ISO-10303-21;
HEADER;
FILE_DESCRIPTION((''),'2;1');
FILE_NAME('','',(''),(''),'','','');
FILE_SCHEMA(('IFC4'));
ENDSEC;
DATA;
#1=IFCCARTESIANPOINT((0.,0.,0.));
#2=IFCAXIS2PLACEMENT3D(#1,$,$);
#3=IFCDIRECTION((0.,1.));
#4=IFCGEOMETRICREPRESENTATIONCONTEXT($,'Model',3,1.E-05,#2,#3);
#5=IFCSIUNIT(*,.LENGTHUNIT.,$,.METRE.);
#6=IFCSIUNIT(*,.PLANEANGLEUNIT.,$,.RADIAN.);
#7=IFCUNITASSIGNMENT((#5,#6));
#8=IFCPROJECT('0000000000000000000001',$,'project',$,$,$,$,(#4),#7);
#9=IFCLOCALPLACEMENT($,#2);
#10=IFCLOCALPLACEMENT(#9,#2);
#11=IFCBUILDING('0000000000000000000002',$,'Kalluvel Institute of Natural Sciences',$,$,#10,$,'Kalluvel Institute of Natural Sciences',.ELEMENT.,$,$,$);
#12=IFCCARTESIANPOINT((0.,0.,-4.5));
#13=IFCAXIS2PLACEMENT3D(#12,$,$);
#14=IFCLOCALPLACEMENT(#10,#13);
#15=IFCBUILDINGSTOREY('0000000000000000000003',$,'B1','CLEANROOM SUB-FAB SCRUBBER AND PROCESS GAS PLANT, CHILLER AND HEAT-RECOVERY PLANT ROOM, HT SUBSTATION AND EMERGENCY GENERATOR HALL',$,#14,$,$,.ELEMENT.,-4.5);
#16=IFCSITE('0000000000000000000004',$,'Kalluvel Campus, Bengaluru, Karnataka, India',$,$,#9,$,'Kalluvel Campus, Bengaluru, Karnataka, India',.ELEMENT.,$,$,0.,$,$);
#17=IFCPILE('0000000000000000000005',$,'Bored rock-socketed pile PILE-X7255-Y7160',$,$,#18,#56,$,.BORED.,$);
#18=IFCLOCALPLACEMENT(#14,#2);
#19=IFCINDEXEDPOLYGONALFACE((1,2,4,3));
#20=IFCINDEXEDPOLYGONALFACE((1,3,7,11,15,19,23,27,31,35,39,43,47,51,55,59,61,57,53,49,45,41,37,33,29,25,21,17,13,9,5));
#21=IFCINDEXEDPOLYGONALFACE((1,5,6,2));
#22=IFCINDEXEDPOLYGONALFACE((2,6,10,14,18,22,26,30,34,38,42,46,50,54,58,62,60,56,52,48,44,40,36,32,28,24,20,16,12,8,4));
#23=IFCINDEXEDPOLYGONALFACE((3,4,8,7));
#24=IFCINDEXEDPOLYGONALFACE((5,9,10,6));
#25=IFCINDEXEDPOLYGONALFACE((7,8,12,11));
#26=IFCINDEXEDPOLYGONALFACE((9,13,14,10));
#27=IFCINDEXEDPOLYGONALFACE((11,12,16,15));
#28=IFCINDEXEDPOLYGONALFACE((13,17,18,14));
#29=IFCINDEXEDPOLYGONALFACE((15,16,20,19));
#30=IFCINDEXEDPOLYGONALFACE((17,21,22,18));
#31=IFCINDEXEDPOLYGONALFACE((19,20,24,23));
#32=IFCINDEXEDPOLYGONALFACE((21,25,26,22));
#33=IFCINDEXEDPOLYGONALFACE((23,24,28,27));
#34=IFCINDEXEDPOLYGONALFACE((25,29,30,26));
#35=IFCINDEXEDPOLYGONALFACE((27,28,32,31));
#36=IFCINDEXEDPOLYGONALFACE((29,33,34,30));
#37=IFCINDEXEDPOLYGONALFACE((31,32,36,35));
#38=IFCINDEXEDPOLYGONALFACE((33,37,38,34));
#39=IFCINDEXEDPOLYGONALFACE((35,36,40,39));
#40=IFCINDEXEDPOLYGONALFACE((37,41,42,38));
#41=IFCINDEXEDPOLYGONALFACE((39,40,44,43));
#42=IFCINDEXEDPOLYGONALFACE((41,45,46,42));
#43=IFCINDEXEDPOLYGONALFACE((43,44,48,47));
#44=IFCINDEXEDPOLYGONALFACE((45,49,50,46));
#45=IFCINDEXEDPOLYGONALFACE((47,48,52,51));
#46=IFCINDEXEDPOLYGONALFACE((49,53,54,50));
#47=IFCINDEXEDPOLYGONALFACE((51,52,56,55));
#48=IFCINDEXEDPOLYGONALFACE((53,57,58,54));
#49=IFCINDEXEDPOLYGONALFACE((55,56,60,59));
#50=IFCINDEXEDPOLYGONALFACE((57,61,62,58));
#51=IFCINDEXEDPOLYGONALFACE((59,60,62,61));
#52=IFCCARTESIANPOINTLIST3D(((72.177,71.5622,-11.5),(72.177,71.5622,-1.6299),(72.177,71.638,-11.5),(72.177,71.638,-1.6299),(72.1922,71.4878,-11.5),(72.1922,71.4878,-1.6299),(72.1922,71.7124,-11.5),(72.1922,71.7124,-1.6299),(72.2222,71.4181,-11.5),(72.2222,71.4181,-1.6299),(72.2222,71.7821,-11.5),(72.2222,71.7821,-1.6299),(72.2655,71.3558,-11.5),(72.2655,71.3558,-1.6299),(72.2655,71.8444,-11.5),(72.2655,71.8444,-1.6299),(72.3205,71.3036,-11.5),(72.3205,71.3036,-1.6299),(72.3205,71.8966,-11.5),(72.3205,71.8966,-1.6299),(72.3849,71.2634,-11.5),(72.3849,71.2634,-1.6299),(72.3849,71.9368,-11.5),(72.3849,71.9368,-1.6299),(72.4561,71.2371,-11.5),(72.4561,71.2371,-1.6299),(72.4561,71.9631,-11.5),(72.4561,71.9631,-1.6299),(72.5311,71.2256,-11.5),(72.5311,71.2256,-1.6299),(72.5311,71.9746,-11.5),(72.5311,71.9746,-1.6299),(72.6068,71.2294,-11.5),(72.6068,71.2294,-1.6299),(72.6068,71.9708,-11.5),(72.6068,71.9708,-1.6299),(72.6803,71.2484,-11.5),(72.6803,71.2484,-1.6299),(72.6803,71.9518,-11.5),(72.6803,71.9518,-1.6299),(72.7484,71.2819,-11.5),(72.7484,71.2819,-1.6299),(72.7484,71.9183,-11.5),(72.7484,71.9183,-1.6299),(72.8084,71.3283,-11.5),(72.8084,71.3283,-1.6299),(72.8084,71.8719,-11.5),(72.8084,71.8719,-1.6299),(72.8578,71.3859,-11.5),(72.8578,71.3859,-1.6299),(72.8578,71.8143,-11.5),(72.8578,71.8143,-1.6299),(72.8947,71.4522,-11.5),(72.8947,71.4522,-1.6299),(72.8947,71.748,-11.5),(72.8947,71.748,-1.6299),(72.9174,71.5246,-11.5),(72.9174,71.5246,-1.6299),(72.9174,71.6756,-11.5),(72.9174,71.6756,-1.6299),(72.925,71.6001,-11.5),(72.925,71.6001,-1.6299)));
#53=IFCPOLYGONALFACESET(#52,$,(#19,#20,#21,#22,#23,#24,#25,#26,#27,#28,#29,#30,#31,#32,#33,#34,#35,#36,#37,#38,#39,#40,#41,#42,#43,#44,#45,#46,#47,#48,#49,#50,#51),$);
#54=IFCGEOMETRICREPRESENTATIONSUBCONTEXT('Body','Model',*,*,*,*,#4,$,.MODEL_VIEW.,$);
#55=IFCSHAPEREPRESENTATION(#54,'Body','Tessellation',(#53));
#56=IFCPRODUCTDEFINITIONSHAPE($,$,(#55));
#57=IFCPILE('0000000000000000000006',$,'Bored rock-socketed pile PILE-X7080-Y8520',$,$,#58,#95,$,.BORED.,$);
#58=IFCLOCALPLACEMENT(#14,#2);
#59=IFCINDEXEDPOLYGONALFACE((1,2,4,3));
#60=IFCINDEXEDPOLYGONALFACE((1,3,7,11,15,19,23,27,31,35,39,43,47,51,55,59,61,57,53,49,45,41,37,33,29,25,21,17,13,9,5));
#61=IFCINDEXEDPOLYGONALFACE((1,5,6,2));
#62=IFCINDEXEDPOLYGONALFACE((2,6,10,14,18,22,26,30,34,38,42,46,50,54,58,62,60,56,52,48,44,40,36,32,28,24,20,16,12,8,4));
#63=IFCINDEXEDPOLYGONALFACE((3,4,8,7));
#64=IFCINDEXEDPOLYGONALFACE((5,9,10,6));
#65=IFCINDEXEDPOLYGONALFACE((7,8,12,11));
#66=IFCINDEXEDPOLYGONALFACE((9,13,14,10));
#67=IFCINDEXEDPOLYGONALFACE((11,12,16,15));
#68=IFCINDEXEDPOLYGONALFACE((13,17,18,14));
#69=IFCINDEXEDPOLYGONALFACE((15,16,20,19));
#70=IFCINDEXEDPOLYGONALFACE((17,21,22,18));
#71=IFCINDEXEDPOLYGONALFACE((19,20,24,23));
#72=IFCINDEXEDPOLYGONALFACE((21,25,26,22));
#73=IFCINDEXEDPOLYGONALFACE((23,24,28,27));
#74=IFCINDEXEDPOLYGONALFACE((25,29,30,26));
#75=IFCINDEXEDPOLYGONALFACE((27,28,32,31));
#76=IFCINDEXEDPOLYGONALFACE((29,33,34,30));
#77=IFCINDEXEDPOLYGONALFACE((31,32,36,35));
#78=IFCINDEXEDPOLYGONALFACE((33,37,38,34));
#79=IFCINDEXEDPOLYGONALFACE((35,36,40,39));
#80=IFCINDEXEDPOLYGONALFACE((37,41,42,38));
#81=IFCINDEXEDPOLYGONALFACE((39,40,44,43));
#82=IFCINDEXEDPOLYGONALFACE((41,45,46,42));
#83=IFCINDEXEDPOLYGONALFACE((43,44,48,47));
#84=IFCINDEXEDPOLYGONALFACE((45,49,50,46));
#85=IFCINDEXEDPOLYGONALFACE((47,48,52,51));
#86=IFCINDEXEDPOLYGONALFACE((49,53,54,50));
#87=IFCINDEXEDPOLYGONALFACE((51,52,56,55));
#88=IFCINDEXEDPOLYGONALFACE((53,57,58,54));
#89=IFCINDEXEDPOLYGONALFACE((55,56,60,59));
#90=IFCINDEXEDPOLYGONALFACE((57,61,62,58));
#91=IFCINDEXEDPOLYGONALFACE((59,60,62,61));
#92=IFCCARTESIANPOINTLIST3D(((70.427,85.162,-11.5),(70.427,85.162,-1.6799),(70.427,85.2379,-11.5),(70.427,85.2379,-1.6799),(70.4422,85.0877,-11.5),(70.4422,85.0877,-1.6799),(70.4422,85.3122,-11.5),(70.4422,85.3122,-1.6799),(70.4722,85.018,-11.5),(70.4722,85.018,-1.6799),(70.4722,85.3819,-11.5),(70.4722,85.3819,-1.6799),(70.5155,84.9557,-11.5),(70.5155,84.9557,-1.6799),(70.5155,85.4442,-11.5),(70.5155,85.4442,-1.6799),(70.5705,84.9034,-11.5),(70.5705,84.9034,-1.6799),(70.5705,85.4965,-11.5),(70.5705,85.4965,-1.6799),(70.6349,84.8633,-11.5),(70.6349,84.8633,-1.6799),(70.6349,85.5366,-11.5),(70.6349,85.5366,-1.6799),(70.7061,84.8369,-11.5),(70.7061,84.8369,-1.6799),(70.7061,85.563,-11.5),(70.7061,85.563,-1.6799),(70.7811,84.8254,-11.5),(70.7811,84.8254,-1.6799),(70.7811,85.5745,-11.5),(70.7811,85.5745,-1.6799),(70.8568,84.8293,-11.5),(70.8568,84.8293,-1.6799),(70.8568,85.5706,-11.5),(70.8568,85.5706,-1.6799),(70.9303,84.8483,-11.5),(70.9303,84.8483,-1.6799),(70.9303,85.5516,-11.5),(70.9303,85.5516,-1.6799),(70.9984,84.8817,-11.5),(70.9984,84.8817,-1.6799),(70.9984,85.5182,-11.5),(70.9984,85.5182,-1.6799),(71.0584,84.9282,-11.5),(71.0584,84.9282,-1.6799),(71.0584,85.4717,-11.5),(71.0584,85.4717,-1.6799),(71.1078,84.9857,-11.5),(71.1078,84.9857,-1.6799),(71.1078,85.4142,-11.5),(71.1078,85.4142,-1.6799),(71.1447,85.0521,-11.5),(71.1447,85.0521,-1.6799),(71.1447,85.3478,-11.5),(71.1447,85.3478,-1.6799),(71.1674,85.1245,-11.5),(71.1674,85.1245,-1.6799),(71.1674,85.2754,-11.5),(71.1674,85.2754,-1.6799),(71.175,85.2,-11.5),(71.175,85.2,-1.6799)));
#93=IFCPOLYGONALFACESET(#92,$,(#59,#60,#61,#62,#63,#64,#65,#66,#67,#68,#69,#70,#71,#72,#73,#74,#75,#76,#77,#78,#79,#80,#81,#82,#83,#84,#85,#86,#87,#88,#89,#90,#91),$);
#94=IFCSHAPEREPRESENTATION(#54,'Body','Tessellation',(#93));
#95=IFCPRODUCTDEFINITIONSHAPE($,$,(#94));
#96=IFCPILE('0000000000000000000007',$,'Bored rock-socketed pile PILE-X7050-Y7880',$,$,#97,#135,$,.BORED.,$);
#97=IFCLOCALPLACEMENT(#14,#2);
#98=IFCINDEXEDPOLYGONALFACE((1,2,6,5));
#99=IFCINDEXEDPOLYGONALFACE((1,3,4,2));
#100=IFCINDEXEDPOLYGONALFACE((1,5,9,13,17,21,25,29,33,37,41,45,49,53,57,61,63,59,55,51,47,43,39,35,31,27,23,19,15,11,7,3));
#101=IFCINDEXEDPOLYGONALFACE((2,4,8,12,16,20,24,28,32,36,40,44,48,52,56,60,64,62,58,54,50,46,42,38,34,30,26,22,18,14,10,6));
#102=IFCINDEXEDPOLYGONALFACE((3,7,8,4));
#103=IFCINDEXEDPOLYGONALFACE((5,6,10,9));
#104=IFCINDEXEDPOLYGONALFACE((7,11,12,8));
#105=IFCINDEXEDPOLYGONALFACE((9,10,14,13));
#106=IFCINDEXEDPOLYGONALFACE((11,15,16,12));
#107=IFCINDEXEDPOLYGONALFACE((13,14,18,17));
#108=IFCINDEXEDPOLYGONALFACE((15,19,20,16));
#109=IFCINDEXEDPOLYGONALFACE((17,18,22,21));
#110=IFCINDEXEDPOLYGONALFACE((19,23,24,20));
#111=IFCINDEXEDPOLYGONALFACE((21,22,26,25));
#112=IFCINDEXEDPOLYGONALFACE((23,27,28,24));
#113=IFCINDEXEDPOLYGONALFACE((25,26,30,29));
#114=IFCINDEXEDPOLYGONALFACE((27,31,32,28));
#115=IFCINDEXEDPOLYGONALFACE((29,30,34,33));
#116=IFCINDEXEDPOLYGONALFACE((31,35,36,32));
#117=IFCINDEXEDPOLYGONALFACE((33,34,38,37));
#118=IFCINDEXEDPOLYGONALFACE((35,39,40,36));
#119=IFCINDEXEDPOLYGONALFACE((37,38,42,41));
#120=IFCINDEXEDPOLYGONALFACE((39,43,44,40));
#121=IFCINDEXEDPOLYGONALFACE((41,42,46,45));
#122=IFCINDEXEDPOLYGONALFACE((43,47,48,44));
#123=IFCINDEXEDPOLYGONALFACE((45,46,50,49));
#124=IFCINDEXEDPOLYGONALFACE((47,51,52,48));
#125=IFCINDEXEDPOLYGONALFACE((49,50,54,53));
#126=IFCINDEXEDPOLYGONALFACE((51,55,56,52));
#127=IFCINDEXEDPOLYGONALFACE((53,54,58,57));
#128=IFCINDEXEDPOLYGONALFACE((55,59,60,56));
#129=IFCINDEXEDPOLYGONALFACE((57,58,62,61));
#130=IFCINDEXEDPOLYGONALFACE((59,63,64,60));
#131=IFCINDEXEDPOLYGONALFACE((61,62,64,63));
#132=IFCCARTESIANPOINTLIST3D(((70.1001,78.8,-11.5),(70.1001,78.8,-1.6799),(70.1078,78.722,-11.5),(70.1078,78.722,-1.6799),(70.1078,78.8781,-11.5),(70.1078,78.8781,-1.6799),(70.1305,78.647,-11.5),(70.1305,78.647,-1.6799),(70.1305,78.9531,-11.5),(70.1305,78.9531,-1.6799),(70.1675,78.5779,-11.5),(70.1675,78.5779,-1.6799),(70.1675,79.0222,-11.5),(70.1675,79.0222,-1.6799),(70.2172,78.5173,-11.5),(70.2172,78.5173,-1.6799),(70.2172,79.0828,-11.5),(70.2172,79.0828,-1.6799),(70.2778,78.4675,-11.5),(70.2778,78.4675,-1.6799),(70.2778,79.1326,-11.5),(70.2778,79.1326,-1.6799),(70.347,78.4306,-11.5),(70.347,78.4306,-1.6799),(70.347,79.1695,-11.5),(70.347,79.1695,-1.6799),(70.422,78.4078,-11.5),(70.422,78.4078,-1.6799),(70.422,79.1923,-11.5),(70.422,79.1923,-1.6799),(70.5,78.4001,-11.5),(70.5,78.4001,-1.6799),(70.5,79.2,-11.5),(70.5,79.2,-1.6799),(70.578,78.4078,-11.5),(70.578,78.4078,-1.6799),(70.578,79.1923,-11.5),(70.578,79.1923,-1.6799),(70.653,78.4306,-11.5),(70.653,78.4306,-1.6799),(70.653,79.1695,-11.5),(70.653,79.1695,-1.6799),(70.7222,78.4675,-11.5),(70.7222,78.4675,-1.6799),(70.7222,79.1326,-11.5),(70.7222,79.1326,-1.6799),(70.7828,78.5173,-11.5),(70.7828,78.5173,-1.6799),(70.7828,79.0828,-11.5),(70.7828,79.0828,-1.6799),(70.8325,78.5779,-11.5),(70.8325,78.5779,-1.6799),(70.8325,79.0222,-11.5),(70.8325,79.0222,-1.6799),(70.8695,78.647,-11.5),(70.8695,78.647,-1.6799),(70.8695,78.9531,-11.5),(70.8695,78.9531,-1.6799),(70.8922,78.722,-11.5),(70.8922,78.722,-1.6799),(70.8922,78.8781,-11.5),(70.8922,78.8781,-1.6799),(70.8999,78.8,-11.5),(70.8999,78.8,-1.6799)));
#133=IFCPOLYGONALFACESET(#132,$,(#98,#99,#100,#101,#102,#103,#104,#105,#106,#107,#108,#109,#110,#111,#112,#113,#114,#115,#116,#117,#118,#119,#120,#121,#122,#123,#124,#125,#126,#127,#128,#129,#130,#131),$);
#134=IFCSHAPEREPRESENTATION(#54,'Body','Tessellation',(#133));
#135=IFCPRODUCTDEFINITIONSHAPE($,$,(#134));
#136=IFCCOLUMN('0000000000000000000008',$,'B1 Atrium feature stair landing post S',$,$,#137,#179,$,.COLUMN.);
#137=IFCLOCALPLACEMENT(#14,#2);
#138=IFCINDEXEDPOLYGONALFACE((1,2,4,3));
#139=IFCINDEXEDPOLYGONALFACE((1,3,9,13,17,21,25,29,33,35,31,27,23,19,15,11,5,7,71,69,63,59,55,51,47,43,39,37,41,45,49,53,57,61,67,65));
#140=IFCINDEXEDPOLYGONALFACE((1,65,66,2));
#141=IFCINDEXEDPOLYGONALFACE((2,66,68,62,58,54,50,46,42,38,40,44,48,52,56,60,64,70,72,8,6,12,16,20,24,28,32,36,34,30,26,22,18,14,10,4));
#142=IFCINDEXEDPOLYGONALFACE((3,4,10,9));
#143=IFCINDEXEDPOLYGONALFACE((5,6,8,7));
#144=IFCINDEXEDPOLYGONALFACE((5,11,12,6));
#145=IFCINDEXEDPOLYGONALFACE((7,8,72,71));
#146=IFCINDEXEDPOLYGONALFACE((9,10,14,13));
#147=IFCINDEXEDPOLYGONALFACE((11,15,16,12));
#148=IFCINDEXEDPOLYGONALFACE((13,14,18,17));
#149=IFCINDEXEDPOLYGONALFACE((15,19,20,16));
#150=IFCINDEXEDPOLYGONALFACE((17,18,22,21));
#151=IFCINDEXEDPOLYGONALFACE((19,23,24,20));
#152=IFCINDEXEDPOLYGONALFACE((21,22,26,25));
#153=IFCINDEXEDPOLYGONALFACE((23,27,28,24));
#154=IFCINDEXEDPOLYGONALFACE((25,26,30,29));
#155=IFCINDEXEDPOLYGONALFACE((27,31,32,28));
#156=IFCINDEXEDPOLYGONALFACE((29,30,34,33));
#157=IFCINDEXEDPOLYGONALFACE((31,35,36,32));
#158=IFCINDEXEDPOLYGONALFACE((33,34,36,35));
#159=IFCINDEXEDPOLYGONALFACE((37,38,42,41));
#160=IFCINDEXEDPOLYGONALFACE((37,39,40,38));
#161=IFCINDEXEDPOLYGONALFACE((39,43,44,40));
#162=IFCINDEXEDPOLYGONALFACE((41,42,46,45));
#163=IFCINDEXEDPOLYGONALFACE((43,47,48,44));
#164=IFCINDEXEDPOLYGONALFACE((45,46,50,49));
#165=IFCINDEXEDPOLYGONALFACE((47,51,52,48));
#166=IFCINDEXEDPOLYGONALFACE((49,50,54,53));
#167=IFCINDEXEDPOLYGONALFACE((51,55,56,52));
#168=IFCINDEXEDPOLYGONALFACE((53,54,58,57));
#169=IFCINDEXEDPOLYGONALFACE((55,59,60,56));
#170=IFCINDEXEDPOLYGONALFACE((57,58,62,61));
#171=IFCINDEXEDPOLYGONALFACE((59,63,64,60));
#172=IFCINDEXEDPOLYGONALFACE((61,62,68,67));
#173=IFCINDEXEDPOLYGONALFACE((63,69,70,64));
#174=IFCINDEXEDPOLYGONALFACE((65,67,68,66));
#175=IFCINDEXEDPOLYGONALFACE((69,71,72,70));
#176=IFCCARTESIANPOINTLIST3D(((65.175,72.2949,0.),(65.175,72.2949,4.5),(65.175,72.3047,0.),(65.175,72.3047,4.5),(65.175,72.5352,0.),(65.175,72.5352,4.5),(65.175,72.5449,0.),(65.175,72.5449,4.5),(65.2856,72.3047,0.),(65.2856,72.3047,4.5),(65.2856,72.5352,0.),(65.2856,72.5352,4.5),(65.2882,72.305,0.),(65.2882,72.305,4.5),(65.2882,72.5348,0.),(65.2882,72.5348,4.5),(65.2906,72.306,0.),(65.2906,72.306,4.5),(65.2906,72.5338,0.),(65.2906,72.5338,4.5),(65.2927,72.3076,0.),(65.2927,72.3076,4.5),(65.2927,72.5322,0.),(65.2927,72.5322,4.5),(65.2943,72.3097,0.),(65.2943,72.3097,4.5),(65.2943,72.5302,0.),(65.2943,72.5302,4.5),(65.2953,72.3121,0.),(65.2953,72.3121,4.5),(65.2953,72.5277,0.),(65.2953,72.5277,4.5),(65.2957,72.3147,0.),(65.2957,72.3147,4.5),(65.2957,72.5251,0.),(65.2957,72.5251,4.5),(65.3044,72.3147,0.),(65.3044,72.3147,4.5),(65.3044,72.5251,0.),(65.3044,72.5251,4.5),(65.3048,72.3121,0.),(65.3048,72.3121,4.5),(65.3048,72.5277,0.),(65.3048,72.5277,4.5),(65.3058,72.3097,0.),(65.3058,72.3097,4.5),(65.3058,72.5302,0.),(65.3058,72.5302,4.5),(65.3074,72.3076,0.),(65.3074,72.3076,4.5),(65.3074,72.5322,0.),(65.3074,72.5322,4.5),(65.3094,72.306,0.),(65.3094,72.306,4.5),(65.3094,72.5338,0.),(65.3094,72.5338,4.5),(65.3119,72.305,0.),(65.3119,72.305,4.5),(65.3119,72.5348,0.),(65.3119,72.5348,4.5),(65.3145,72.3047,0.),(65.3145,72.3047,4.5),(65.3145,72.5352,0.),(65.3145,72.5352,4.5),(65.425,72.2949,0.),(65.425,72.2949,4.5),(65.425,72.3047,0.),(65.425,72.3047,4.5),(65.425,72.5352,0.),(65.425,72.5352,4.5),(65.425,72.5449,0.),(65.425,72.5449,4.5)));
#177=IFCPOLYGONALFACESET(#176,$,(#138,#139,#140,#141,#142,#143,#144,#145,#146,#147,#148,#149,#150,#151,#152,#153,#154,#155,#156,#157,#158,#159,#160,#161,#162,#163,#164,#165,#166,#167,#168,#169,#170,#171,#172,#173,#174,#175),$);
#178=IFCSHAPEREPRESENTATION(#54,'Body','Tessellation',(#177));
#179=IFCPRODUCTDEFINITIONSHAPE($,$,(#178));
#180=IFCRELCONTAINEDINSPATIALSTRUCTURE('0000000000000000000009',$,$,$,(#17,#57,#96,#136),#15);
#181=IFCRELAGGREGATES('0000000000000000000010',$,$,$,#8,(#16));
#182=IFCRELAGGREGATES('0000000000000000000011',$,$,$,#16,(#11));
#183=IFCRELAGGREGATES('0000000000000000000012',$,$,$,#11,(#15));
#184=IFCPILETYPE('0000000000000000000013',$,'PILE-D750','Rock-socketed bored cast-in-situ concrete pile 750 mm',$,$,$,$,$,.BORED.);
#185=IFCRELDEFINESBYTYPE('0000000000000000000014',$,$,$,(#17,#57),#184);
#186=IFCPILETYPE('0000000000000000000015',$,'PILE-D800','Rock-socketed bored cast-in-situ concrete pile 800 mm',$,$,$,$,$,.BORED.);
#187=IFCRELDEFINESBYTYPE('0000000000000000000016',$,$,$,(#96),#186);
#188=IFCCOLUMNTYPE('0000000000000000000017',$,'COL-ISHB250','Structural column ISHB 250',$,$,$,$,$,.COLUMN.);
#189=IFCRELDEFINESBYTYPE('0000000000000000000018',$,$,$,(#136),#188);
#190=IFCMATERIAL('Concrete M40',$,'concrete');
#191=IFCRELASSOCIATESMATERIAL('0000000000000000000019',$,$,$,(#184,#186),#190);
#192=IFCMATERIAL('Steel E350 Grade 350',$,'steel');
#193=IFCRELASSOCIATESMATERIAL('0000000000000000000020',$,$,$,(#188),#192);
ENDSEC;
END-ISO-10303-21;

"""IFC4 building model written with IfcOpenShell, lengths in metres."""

from ifc_helpers import new_model, si_unit, direction, frame, origin, origin_2d, place, context, subcontext, project, spatial, circle, i_section, extrude, material, material_profile, profile_set, type_object, element, save


model = new_model("IFC4")

# Units and contexts
model_context = context("Model", 3, precision=1e-05, world=origin(), true_north=direction((0.0, 1.0)))
body_context = subcontext(model_context, "Body", "Model", "MODEL_VIEW")
ifc_project = project(units=[si_unit("LENGTHUNIT", "METRE"), si_unit("PLANEANGLEUNIT", "RADIAN")], contexts=[model_context])

# Site, building, storey
site_placement = place(None, origin())
site = spatial("IfcSite", under=ifc_project, at=site_placement, Name="Kalluvel Campus, Bengaluru, Karnataka, India", LongName="Kalluvel Campus, Bengaluru, Karnataka, India", CompositionType="ELEMENT", RefElevation=0.0)
building_placement = place(site_placement, origin())
building = spatial("IfcBuilding", under=site, at=building_placement, Name="Kalluvel Institute of Natural Sciences", LongName="Kalluvel Institute of Natural Sciences", CompositionType="ELEMENT")
storey_placement = place(building_placement, frame((0.0, 0.0, -4.5)))
storey = spatial("IfcBuildingStorey", under=building, at=storey_placement, Name="B1", Description="CLEANROOM SUB-FAB SCRUBBER AND PROCESS GAS PLANT, CHILLER AND HEAT-RECOVERY PLANT ROOM, HT SUBSTATION AND EMERGENCY GENERATOR HALL", CompositionType="ELEMENT", Elevation=-4.5)

# Shared definitions
ifc_material_1 = material(Name="Concrete M40", Category="concrete")

# Piles
ifc_material_profile_1 = material_profile(ifc_material_1, circle(Radius=0.375, at=origin_2d()), Name="PILE D750")
ifc_profile_set_1 = profile_set([ifc_material_profile_1], Name="Concrete M40")
pile_type_1 = type_object("IfcPileType", Name="PILE-D750", Description="Rock-socketed bored cast-in-situ concrete pile 750 mm", PredefinedType="BORED", material=ifc_profile_set_1)
pile_1_placement = place(storey_placement, frame((72.55, 71.6001, -1.6299), z_axis=(0.0, 0.0, -1.0), x_axis=(1.0, 0.0, 0.0)))
element("IfcPile", 1, at=pile_1_placement, inside=storey, type_object=pile_type_1, Name="Bored rock-socketed pile PILE-X7255-Y7160", PredefinedType="BORED", context=body_context, shape_type="SweptSolid", body=[
    extrude(circle(Radius=0.375, at=origin_2d()), origin(), (0.0, 0.0, 1.0), 9.8701),
])
pile_2_placement = place(storey_placement, frame((70.8, 85.2, -1.6799), z_axis=(0.0, 0.0, -1.0), x_axis=(1.0, 0.0, 0.0)))
element("IfcPile", 2, at=pile_2_placement, inside=storey, type_object=pile_type_1, Name="Bored rock-socketed pile PILE-X7080-Y8520", PredefinedType="BORED", context=body_context, shape_type="SweptSolid", body=[
    extrude(circle(Radius=0.375, at=origin_2d()), origin(), (0.0, 0.0, 1.0), 9.8201),
])
ifc_material_profile_2 = material_profile(ifc_material_1, circle(Radius=0.3999, at=origin_2d()), Name="PILE D800")
ifc_profile_set_2 = profile_set([ifc_material_profile_2], Name="Concrete M40")
pile_type_2 = type_object("IfcPileType", Name="PILE-D800", Description="Rock-socketed bored cast-in-situ concrete pile 800 mm", PredefinedType="BORED", material=ifc_profile_set_2)
pile_3_placement = place(storey_placement, frame((70.5, 78.8, -1.6799), z_axis=(0.0, 0.0, -1.0), x_axis=(1.0, 0.0, 0.0)))
element("IfcPile", 3, at=pile_3_placement, inside=storey, type_object=pile_type_2, Name="Bored rock-socketed pile PILE-X7050-Y7880", PredefinedType="BORED", context=body_context, shape_type="SweptSolid", body=[
    extrude(circle(Radius=0.3999, at=origin_2d()), origin(), (0.0, 0.0, 1.0), 9.8201),
])

# Column
ifc_material_2 = material(Name="Steel E350 Grade 350", Category="steel")
ifc_material_profile_3 = material_profile(ifc_material_2, i_section(OverallWidth=0.25, OverallDepth=0.25, WebThickness=0.0088, FlangeThickness=0.0098, FilletRadius=0.01, at=origin_2d()), Name="ISHB 250")
ifc_profile_set_3 = profile_set([ifc_material_profile_3], Name="Steel E350 Grade 350")
column_type_1 = type_object("IfcColumnType", Name="COL-ISHB250", Description="Structural column ISHB 250", PredefinedType="COLUMN", material=ifc_profile_set_3)
for number, where, z_axis, x_axis, name in (
    (4, (65.3, 72.4199, 0.0), (0.0, 0.0, 1.0), (1.0, 0.0, 0.0), "B1 Atrium feature stair landing post S"),
):
    element("IfcColumn", number, at=place(storey_placement, frame(where, z_axis=z_axis, x_axis=x_axis)), inside=storey, type_object=column_type_1, Name=name, PredefinedType="COLUMN", context=body_context, shape_type="SweptSolid", body=[
        extrude(i_section(OverallWidth=0.25, OverallDepth=0.25, WebThickness=0.0088, FlangeThickness=0.0098, FilletRadius=0.01, at=origin_2d()), origin(), (0.0, 0.0, 1.0), 4.5),
    ])

save(model, "model.ifc")
